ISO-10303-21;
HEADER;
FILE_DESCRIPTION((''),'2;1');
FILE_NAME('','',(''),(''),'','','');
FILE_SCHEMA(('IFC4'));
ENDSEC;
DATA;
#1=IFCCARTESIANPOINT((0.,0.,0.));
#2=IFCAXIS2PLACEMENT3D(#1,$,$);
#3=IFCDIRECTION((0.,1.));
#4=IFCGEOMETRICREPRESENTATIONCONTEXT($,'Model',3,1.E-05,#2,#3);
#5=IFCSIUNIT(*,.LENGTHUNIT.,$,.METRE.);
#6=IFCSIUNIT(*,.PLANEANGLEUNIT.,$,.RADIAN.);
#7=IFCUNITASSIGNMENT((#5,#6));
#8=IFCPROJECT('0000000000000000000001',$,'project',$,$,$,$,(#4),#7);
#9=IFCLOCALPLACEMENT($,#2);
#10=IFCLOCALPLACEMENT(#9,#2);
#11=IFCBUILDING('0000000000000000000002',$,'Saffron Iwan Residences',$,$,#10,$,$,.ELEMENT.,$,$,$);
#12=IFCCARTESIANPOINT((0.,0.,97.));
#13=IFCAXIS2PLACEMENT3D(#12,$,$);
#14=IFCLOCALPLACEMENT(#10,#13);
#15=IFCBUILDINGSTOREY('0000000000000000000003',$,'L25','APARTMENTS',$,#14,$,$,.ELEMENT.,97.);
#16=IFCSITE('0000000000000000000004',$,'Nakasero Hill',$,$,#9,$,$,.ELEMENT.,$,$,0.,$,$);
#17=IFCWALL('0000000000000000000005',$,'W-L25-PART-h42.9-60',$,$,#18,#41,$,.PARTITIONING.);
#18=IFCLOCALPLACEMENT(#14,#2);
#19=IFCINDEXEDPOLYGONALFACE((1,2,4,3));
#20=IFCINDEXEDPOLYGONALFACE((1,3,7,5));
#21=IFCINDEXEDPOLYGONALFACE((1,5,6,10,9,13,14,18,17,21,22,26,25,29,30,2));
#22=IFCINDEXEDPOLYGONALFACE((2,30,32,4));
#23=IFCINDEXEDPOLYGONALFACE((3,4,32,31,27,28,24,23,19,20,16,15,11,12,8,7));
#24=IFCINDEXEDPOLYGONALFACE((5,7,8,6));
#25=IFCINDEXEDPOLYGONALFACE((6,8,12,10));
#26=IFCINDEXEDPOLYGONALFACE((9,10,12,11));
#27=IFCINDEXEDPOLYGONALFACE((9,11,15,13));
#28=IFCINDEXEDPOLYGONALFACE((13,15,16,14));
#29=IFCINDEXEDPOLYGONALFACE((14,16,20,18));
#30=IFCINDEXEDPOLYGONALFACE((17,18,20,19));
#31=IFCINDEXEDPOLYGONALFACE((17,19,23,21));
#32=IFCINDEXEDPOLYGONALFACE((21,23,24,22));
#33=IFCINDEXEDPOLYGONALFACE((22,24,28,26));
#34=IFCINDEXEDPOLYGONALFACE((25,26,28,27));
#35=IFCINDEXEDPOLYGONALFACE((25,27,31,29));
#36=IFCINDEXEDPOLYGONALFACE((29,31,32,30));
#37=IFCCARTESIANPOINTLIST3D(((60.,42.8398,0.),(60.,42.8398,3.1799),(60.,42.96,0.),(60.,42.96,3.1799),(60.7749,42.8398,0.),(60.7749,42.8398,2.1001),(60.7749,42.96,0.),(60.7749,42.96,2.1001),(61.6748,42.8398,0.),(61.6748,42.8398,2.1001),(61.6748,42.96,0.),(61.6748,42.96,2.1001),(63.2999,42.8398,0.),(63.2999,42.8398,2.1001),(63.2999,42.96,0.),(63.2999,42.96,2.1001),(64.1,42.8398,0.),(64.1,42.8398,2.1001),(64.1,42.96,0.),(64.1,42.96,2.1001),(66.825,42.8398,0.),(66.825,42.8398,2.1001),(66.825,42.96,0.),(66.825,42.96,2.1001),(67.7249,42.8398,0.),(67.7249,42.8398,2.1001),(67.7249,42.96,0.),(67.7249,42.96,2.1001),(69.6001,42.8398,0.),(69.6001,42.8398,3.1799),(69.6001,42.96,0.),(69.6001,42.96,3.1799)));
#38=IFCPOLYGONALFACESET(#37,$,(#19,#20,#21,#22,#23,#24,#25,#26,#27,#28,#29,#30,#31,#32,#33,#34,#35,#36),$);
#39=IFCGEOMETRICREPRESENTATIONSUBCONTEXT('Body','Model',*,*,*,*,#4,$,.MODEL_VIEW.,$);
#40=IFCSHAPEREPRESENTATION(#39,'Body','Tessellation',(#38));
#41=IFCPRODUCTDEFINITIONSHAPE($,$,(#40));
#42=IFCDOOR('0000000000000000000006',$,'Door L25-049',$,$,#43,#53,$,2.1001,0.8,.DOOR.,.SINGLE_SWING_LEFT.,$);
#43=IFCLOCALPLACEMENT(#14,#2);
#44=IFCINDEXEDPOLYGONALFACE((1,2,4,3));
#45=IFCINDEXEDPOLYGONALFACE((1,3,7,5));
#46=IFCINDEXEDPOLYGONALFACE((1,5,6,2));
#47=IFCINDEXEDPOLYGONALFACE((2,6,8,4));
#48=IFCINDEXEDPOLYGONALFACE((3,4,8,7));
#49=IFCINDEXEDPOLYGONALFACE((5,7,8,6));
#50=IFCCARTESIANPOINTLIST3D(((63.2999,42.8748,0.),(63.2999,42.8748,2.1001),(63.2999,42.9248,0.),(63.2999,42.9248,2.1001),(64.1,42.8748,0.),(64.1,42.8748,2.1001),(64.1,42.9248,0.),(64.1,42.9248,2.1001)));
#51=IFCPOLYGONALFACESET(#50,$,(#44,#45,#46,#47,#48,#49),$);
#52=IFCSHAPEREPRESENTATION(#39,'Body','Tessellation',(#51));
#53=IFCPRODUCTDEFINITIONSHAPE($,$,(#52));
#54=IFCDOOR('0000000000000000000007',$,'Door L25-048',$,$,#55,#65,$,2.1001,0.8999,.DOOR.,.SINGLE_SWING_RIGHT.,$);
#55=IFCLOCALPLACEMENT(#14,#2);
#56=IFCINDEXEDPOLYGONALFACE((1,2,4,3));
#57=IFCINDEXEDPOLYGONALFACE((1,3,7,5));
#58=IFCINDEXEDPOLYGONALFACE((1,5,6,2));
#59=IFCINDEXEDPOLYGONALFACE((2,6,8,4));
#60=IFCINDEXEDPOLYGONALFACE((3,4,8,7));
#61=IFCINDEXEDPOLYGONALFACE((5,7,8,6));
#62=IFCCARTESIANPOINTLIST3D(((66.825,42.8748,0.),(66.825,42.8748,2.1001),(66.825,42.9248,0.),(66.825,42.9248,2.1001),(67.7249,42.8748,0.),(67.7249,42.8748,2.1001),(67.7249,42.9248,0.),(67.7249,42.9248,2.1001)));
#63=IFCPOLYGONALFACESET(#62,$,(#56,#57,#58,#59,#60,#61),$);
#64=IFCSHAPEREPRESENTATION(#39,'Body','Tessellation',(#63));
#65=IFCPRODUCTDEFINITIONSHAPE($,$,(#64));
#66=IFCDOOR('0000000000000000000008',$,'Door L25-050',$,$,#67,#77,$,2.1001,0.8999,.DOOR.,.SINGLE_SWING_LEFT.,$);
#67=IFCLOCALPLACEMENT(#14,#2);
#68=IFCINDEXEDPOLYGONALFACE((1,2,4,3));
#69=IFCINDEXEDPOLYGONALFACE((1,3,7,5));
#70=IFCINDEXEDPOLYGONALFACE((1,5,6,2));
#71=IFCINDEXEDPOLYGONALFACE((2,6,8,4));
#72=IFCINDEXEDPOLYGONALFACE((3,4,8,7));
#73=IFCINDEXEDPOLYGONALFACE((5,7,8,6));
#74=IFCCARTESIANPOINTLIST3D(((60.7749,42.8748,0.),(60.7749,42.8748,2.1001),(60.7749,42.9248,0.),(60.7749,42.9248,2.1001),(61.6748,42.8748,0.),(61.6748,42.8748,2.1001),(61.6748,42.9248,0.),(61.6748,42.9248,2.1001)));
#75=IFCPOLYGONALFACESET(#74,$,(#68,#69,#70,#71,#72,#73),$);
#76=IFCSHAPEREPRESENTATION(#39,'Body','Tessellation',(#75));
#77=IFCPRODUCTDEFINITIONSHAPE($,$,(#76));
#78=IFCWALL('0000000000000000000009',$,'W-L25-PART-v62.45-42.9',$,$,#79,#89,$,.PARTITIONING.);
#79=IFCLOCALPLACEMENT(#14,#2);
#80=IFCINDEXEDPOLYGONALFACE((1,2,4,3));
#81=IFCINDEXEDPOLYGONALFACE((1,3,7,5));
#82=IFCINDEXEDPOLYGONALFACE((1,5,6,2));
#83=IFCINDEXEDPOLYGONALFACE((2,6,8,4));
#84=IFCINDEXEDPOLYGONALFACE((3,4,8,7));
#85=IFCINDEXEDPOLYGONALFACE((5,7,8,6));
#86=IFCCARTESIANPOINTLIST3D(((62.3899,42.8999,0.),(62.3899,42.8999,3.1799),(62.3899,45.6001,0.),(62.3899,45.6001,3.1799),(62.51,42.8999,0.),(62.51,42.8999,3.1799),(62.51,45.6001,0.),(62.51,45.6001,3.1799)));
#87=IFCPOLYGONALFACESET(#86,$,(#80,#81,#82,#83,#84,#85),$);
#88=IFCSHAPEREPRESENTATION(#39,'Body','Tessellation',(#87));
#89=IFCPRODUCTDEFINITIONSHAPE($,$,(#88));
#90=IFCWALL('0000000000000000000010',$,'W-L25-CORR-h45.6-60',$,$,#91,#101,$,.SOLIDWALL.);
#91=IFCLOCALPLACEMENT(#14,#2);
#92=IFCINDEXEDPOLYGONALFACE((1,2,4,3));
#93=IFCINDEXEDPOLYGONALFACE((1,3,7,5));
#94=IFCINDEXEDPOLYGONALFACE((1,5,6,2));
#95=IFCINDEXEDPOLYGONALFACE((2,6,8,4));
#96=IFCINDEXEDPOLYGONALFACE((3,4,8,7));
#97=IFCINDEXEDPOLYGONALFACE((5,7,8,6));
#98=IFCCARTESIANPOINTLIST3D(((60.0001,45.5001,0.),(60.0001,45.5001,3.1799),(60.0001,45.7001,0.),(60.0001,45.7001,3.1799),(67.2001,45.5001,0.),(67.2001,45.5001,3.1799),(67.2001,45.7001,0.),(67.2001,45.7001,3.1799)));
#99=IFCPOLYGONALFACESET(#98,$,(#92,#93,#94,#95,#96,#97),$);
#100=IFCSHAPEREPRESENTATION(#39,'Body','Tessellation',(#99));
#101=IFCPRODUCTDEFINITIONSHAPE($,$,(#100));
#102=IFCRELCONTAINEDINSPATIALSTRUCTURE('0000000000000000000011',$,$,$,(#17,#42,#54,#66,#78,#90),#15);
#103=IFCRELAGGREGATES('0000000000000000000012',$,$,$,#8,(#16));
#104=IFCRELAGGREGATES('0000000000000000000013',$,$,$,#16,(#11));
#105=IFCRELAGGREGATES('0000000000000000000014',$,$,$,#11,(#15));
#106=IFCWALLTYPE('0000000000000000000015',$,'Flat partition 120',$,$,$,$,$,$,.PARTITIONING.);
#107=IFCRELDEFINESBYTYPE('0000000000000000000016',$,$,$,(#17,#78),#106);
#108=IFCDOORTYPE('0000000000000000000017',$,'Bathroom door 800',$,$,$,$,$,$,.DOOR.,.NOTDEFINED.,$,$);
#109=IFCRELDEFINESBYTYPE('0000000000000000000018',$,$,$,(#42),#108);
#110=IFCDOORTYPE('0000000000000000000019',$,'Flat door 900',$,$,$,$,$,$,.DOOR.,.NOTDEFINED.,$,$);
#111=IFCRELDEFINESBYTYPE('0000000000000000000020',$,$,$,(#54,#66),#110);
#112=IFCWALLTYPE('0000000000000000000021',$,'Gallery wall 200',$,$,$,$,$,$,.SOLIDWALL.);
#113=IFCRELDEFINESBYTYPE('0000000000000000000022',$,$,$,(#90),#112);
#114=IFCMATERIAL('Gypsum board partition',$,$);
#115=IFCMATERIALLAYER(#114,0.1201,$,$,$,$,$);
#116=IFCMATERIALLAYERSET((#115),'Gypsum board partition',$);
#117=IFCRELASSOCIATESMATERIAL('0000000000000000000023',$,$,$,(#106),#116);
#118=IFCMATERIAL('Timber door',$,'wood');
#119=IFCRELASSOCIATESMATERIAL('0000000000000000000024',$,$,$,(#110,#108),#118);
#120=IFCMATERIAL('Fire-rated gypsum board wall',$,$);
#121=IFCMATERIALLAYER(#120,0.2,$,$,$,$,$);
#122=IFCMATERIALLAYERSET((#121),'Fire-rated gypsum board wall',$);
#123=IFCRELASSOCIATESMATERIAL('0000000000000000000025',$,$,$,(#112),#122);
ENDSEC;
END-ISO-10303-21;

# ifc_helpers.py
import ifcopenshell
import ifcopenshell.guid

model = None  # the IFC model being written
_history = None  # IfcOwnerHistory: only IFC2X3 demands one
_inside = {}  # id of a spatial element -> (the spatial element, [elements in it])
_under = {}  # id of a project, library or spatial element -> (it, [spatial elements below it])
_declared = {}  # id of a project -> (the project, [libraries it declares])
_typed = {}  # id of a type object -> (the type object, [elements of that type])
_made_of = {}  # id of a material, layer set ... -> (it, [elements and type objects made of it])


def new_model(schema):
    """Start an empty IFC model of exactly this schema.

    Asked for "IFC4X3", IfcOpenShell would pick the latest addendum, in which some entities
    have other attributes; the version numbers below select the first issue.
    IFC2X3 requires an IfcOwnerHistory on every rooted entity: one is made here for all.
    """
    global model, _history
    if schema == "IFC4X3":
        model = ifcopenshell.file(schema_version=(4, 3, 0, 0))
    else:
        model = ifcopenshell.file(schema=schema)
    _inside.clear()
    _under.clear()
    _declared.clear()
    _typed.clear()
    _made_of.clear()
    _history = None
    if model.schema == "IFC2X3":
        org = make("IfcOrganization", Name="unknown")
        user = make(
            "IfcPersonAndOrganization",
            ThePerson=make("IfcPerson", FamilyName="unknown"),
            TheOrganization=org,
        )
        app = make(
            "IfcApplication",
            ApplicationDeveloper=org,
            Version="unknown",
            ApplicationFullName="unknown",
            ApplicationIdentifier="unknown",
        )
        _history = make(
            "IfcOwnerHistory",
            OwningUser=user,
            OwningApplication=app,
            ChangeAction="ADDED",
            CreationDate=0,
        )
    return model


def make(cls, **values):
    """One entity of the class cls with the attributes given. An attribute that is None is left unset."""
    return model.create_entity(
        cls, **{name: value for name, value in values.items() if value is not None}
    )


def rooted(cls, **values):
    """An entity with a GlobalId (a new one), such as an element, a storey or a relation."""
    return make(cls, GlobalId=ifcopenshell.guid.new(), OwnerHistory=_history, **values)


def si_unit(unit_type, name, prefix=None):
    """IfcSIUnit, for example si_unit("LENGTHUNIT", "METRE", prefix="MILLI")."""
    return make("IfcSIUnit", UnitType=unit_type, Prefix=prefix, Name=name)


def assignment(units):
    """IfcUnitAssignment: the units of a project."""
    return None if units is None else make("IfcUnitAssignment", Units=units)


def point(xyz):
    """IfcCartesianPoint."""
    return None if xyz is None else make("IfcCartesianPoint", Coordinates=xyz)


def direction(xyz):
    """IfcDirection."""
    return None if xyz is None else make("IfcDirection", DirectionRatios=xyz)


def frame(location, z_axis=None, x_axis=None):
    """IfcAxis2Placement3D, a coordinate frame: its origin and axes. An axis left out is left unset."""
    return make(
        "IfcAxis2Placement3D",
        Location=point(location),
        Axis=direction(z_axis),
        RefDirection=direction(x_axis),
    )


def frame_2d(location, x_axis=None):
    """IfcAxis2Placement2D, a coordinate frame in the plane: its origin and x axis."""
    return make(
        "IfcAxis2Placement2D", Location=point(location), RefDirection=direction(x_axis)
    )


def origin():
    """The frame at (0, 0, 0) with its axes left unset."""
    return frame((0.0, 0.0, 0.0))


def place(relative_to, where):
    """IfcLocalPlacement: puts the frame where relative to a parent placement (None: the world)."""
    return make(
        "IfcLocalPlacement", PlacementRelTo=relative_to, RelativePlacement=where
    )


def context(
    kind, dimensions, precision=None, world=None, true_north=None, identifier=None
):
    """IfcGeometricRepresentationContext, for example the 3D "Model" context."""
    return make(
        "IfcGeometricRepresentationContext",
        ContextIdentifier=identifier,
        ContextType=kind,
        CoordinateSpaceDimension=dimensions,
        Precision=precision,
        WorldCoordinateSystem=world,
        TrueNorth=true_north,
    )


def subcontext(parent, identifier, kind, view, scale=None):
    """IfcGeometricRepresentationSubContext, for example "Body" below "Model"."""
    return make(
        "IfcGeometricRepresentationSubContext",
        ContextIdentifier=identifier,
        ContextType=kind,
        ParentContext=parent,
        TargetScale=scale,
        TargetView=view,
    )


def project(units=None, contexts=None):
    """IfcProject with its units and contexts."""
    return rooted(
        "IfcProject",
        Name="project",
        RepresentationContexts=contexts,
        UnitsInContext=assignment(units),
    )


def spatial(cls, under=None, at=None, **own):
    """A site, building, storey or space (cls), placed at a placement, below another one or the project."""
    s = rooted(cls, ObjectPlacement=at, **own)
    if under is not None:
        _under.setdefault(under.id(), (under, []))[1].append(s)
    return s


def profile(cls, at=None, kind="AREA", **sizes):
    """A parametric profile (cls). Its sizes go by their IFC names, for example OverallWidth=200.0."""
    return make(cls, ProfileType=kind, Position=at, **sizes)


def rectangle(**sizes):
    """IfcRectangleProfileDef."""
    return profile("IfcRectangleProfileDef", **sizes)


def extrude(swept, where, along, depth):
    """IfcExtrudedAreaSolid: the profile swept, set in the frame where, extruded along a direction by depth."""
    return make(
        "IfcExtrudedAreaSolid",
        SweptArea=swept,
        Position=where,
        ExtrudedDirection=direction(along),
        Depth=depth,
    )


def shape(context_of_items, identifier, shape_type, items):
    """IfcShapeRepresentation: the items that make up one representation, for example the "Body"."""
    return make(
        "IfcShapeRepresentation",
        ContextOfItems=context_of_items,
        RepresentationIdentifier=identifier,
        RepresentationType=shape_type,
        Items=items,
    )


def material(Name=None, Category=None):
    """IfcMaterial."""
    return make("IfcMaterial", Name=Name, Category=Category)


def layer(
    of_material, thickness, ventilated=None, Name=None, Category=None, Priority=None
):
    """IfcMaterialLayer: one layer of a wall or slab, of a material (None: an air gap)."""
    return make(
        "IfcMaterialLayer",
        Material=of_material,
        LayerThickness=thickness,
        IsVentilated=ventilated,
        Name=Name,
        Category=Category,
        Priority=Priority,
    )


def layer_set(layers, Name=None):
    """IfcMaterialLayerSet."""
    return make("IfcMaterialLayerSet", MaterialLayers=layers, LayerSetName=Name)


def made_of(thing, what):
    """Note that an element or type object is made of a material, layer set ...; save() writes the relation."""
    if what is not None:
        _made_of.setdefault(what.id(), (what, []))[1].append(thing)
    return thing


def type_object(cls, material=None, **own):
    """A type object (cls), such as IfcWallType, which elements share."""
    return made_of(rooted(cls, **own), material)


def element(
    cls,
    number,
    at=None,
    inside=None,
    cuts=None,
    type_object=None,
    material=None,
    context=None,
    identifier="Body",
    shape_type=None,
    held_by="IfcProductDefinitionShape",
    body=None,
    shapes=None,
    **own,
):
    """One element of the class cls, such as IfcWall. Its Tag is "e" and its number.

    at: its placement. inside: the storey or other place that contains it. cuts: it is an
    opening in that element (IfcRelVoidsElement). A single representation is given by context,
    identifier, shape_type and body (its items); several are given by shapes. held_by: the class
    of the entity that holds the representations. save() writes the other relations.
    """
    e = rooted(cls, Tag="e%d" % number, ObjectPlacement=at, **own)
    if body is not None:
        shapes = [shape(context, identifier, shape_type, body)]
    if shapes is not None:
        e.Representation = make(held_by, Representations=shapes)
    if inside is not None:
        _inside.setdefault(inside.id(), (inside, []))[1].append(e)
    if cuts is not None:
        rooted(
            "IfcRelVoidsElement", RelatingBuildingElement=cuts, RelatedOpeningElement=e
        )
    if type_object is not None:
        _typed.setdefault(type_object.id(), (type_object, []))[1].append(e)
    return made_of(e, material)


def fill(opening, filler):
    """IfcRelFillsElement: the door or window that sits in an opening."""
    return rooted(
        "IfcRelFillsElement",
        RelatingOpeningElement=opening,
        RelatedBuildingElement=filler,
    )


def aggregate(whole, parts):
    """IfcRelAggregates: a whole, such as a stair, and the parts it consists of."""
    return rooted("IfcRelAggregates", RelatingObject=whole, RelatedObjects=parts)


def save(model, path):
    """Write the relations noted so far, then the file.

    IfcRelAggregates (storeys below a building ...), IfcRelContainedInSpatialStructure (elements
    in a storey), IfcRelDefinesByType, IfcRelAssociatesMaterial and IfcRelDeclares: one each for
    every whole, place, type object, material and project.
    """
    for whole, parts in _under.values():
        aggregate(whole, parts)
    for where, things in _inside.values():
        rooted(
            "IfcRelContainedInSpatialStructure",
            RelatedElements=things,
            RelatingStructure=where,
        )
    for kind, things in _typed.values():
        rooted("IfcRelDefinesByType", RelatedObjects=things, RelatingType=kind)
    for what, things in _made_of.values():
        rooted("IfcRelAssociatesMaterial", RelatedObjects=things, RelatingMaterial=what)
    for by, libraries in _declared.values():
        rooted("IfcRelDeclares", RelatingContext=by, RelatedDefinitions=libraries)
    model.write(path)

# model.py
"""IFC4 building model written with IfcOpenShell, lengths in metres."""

from ifc_helpers import new_model, si_unit, direction, frame, frame_2d, origin, place, context, subcontext, project, spatial, rectangle, extrude, material, layer, layer_set, type_object, element, fill, save


model = new_model("IFC4")

# Units and contexts
model_context = context("Model", 3, precision=1e-05, world=origin(), true_north=direction((0.0, 1.0)))
body_context = subcontext(model_context, "Body", "Model", "MODEL_VIEW")
ifc_project = project(units=[si_unit("LENGTHUNIT", "METRE"), si_unit("PLANEANGLEUNIT", "RADIAN")], contexts=[model_context])

# Site, building, storey
site_placement = place(None, origin())
site = spatial("IfcSite", under=ifc_project, at=site_placement, Name="Nakasero Hill", CompositionType="ELEMENT", RefElevation=0.0)
building_placement = place(site_placement, origin())
building = spatial("IfcBuilding", under=site, at=building_placement, Name="Saffron Iwan Residences", CompositionType="ELEMENT")
storey_placement = place(building_placement, frame((0.0, 0.0, 97.0)))
storey = spatial("IfcBuildingStorey", under=building, at=storey_placement, Name="L25", Description="APARTMENTS", CompositionType="ELEMENT", Elevation=97.0)

# Wall, openings, doors
ifc_material_1 = material(Name="Gypsum board partition")
ifc_layer_1 = layer(ifc_material_1, 0.1201)
ifc_layer_set_1 = layer_set([ifc_layer_1], Name="Gypsum board partition")
wall_type_1 = type_object("IfcWallType", Name="Flat partition 120", PredefinedType="PARTITIONING", material=ifc_layer_set_1)
ifc_material_2 = material(Name="Timber door", Category="wood")
door_type_1 = type_object("IfcDoorType", Name="Flat door 900", OperationType="NOTDEFINED", PredefinedType="DOOR", material=ifc_material_2)
wall_1_placement = place(storey_placement, frame((60.0, 42.8999, 0.0), z_axis=(0.0, 0.0, 1.0), x_axis=(1.0, 0.0, 0.0)))
wall_1 = element("IfcWall", 1, at=wall_1_placement, inside=storey, type_object=wall_type_1, Name="W-L25-PART-h42.9-60", PredefinedType="PARTITIONING", context=body_context, shape_type="SweptSolid", body=[
    extrude(rectangle(XDim=9.6001, YDim=0.1201, at=frame_2d((4.8, 0.0))), origin(), (0.0, 0.0, 1.0), 3.1799),
])
opening_1_placement = place(wall_1_placement, frame((6.825, 0.0, 0.0)))
opening_1 = element("IfcOpeningElement", 2, at=opening_1_placement, cuts=wall_1, PredefinedType="OPENING", context=body_context, shape_type="SweptSolid", body=[
    extrude(rectangle(XDim=0.8999, YDim=2.1001, at=frame_2d((0.45, 1.05))), frame((0.0, 0.0701, 0.0), z_axis=(0.0, -1.0, 0.0), x_axis=(1.0, 0.0, 0.0)), (0.0, 0.0, 1.0), 0.1401),
])
opening_2_placement = place(wall_1_placement, frame((3.3, 0.0, 0.0)))
opening_2 = element("IfcOpeningElement", 3, at=opening_2_placement, cuts=wall_1, PredefinedType="OPENING", context=body_context, shape_type="SweptSolid", body=[
    extrude(rectangle(XDim=0.8, YDim=2.1001, at=frame_2d((0.3999, 1.05))), frame((0.0, 0.0701, 0.0), z_axis=(0.0, -1.0, 0.0), x_axis=(1.0, 0.0, 0.0)), (0.0, 0.0, 1.0), 0.1401),
])
opening_3_placement = place(wall_1_placement, frame((0.7749, 0.0, 0.0)))
opening_3 = element("IfcOpeningElement", 4, at=opening_3_placement, cuts=wall_1, PredefinedType="OPENING", context=body_context, shape_type="SweptSolid", body=[
    extrude(rectangle(XDim=0.8999, YDim=2.1001, at=frame_2d((0.45, 1.05))), frame((0.0, 0.0701, 0.0), z_axis=(0.0, -1.0, 0.0), x_axis=(1.0, 0.0, 0.0)), (0.0, 0.0, 1.0), 0.1401),
])
door_type_2 = type_object("IfcDoorType", Name="Bathroom door 800", OperationType="NOTDEFINED", PredefinedType="DOOR", material=ifc_material_2)
door_1_placement = place(opening_2_placement, origin())
door_1 = element("IfcDoor", 5, at=door_1_placement, inside=storey, type_object=door_type_2, Name="Door L25-049", OperationType="SINGLE_SWING_LEFT", OverallHeight=2.1001, OverallWidth=0.8, PredefinedType="DOOR", context=body_context, shape_type="SweptSolid", body=[
    extrude(rectangle(XDim=0.8, YDim=2.1001, at=frame_2d((0.3999, 1.05))), frame((0.0, 0.0249, 0.0), z_axis=(0.0, -1.0, 0.0), x_axis=(1.0, 0.0, 0.0)), (0.0, 0.0, 1.0), 0.05),
])
fill(opening_2, door_1)
door_2_placement = place(opening_1_placement, origin())
door_2 = element("IfcDoor", 6, at=door_2_placement, inside=storey, type_object=door_type_1, Name="Door L25-048", OperationType="SINGLE_SWING_RIGHT", OverallHeight=2.1001, OverallWidth=0.8999, PredefinedType="DOOR", context=body_context, shape_type="SweptSolid", body=[
    extrude(rectangle(XDim=0.8999, YDim=2.1001, at=frame_2d((0.45, 1.05))), frame((0.0, 0.0249, 0.0), z_axis=(0.0, -1.0, 0.0), x_axis=(1.0, 0.0, 0.0)), (0.0, 0.0, 1.0), 0.05),
])
fill(opening_1, door_2)
door_3_placement = place(opening_3_placement, origin())
door_3 = element("IfcDoor", 7, at=door_3_placement, inside=storey, type_object=door_type_1, Name="Door L25-050", OperationType="SINGLE_SWING_LEFT", OverallHeight=2.1001, OverallWidth=0.8999, PredefinedType="DOOR", context=body_context, shape_type="SweptSolid", body=[
    extrude(rectangle(XDim=0.8999, YDim=2.1001, at=frame_2d((0.45, 1.05))), frame((0.0, 0.0249, 0.0), z_axis=(0.0, -1.0, 0.0), x_axis=(1.0, 0.0, 0.0)), (0.0, 0.0, 1.0), 0.05),
])
fill(opening_3, door_3)

# Walls
wall_2_placement = place(storey_placement, frame((62.45, 42.8999, 0.0), z_axis=(0.0, 0.0, 1.0), x_axis=(0.0, 1.0, 0.0)))
element("IfcWall", 8, at=wall_2_placement, inside=storey, type_object=wall_type_1, Name="W-L25-PART-v62.45-42.9", PredefinedType="PARTITIONING", context=body_context, shape_type="SweptSolid", body=[
    extrude(rectangle(XDim=2.7002, YDim=0.1201, at=frame_2d((1.3501, 0.0))), origin(), (0.0, 0.0, 1.0), 3.1799),
])
ifc_material_3 = material(Name="Fire-rated gypsum board wall")
ifc_layer_2 = layer(ifc_material_3, 0.2)
ifc_layer_set_2 = layer_set([ifc_layer_2], Name="Fire-rated gypsum board wall")
wall_type_2 = type_object("IfcWallType", Name="Gallery wall 200", PredefinedType="SOLIDWALL", material=ifc_layer_set_2)
wall_3_placement = place(storey_placement, frame((60.0, 45.6001, 0.0), z_axis=(0.0, 0.0, 1.0), x_axis=(1.0, 0.0, 0.0)))
element("IfcWall", 9, at=wall_3_placement, inside=storey, type_object=wall_type_2, Name="W-L25-CORR-h45.6-60", PredefinedType="SOLIDWALL", context=body_context, shape_type="SweptSolid", body=[
    extrude(rectangle(XDim=7.2, YDim=0.2, at=frame_2d((3.6001, 0.0))), origin(), (0.0, 0.0, 1.0), 3.1799),
])

save(model, "model.ifc")
